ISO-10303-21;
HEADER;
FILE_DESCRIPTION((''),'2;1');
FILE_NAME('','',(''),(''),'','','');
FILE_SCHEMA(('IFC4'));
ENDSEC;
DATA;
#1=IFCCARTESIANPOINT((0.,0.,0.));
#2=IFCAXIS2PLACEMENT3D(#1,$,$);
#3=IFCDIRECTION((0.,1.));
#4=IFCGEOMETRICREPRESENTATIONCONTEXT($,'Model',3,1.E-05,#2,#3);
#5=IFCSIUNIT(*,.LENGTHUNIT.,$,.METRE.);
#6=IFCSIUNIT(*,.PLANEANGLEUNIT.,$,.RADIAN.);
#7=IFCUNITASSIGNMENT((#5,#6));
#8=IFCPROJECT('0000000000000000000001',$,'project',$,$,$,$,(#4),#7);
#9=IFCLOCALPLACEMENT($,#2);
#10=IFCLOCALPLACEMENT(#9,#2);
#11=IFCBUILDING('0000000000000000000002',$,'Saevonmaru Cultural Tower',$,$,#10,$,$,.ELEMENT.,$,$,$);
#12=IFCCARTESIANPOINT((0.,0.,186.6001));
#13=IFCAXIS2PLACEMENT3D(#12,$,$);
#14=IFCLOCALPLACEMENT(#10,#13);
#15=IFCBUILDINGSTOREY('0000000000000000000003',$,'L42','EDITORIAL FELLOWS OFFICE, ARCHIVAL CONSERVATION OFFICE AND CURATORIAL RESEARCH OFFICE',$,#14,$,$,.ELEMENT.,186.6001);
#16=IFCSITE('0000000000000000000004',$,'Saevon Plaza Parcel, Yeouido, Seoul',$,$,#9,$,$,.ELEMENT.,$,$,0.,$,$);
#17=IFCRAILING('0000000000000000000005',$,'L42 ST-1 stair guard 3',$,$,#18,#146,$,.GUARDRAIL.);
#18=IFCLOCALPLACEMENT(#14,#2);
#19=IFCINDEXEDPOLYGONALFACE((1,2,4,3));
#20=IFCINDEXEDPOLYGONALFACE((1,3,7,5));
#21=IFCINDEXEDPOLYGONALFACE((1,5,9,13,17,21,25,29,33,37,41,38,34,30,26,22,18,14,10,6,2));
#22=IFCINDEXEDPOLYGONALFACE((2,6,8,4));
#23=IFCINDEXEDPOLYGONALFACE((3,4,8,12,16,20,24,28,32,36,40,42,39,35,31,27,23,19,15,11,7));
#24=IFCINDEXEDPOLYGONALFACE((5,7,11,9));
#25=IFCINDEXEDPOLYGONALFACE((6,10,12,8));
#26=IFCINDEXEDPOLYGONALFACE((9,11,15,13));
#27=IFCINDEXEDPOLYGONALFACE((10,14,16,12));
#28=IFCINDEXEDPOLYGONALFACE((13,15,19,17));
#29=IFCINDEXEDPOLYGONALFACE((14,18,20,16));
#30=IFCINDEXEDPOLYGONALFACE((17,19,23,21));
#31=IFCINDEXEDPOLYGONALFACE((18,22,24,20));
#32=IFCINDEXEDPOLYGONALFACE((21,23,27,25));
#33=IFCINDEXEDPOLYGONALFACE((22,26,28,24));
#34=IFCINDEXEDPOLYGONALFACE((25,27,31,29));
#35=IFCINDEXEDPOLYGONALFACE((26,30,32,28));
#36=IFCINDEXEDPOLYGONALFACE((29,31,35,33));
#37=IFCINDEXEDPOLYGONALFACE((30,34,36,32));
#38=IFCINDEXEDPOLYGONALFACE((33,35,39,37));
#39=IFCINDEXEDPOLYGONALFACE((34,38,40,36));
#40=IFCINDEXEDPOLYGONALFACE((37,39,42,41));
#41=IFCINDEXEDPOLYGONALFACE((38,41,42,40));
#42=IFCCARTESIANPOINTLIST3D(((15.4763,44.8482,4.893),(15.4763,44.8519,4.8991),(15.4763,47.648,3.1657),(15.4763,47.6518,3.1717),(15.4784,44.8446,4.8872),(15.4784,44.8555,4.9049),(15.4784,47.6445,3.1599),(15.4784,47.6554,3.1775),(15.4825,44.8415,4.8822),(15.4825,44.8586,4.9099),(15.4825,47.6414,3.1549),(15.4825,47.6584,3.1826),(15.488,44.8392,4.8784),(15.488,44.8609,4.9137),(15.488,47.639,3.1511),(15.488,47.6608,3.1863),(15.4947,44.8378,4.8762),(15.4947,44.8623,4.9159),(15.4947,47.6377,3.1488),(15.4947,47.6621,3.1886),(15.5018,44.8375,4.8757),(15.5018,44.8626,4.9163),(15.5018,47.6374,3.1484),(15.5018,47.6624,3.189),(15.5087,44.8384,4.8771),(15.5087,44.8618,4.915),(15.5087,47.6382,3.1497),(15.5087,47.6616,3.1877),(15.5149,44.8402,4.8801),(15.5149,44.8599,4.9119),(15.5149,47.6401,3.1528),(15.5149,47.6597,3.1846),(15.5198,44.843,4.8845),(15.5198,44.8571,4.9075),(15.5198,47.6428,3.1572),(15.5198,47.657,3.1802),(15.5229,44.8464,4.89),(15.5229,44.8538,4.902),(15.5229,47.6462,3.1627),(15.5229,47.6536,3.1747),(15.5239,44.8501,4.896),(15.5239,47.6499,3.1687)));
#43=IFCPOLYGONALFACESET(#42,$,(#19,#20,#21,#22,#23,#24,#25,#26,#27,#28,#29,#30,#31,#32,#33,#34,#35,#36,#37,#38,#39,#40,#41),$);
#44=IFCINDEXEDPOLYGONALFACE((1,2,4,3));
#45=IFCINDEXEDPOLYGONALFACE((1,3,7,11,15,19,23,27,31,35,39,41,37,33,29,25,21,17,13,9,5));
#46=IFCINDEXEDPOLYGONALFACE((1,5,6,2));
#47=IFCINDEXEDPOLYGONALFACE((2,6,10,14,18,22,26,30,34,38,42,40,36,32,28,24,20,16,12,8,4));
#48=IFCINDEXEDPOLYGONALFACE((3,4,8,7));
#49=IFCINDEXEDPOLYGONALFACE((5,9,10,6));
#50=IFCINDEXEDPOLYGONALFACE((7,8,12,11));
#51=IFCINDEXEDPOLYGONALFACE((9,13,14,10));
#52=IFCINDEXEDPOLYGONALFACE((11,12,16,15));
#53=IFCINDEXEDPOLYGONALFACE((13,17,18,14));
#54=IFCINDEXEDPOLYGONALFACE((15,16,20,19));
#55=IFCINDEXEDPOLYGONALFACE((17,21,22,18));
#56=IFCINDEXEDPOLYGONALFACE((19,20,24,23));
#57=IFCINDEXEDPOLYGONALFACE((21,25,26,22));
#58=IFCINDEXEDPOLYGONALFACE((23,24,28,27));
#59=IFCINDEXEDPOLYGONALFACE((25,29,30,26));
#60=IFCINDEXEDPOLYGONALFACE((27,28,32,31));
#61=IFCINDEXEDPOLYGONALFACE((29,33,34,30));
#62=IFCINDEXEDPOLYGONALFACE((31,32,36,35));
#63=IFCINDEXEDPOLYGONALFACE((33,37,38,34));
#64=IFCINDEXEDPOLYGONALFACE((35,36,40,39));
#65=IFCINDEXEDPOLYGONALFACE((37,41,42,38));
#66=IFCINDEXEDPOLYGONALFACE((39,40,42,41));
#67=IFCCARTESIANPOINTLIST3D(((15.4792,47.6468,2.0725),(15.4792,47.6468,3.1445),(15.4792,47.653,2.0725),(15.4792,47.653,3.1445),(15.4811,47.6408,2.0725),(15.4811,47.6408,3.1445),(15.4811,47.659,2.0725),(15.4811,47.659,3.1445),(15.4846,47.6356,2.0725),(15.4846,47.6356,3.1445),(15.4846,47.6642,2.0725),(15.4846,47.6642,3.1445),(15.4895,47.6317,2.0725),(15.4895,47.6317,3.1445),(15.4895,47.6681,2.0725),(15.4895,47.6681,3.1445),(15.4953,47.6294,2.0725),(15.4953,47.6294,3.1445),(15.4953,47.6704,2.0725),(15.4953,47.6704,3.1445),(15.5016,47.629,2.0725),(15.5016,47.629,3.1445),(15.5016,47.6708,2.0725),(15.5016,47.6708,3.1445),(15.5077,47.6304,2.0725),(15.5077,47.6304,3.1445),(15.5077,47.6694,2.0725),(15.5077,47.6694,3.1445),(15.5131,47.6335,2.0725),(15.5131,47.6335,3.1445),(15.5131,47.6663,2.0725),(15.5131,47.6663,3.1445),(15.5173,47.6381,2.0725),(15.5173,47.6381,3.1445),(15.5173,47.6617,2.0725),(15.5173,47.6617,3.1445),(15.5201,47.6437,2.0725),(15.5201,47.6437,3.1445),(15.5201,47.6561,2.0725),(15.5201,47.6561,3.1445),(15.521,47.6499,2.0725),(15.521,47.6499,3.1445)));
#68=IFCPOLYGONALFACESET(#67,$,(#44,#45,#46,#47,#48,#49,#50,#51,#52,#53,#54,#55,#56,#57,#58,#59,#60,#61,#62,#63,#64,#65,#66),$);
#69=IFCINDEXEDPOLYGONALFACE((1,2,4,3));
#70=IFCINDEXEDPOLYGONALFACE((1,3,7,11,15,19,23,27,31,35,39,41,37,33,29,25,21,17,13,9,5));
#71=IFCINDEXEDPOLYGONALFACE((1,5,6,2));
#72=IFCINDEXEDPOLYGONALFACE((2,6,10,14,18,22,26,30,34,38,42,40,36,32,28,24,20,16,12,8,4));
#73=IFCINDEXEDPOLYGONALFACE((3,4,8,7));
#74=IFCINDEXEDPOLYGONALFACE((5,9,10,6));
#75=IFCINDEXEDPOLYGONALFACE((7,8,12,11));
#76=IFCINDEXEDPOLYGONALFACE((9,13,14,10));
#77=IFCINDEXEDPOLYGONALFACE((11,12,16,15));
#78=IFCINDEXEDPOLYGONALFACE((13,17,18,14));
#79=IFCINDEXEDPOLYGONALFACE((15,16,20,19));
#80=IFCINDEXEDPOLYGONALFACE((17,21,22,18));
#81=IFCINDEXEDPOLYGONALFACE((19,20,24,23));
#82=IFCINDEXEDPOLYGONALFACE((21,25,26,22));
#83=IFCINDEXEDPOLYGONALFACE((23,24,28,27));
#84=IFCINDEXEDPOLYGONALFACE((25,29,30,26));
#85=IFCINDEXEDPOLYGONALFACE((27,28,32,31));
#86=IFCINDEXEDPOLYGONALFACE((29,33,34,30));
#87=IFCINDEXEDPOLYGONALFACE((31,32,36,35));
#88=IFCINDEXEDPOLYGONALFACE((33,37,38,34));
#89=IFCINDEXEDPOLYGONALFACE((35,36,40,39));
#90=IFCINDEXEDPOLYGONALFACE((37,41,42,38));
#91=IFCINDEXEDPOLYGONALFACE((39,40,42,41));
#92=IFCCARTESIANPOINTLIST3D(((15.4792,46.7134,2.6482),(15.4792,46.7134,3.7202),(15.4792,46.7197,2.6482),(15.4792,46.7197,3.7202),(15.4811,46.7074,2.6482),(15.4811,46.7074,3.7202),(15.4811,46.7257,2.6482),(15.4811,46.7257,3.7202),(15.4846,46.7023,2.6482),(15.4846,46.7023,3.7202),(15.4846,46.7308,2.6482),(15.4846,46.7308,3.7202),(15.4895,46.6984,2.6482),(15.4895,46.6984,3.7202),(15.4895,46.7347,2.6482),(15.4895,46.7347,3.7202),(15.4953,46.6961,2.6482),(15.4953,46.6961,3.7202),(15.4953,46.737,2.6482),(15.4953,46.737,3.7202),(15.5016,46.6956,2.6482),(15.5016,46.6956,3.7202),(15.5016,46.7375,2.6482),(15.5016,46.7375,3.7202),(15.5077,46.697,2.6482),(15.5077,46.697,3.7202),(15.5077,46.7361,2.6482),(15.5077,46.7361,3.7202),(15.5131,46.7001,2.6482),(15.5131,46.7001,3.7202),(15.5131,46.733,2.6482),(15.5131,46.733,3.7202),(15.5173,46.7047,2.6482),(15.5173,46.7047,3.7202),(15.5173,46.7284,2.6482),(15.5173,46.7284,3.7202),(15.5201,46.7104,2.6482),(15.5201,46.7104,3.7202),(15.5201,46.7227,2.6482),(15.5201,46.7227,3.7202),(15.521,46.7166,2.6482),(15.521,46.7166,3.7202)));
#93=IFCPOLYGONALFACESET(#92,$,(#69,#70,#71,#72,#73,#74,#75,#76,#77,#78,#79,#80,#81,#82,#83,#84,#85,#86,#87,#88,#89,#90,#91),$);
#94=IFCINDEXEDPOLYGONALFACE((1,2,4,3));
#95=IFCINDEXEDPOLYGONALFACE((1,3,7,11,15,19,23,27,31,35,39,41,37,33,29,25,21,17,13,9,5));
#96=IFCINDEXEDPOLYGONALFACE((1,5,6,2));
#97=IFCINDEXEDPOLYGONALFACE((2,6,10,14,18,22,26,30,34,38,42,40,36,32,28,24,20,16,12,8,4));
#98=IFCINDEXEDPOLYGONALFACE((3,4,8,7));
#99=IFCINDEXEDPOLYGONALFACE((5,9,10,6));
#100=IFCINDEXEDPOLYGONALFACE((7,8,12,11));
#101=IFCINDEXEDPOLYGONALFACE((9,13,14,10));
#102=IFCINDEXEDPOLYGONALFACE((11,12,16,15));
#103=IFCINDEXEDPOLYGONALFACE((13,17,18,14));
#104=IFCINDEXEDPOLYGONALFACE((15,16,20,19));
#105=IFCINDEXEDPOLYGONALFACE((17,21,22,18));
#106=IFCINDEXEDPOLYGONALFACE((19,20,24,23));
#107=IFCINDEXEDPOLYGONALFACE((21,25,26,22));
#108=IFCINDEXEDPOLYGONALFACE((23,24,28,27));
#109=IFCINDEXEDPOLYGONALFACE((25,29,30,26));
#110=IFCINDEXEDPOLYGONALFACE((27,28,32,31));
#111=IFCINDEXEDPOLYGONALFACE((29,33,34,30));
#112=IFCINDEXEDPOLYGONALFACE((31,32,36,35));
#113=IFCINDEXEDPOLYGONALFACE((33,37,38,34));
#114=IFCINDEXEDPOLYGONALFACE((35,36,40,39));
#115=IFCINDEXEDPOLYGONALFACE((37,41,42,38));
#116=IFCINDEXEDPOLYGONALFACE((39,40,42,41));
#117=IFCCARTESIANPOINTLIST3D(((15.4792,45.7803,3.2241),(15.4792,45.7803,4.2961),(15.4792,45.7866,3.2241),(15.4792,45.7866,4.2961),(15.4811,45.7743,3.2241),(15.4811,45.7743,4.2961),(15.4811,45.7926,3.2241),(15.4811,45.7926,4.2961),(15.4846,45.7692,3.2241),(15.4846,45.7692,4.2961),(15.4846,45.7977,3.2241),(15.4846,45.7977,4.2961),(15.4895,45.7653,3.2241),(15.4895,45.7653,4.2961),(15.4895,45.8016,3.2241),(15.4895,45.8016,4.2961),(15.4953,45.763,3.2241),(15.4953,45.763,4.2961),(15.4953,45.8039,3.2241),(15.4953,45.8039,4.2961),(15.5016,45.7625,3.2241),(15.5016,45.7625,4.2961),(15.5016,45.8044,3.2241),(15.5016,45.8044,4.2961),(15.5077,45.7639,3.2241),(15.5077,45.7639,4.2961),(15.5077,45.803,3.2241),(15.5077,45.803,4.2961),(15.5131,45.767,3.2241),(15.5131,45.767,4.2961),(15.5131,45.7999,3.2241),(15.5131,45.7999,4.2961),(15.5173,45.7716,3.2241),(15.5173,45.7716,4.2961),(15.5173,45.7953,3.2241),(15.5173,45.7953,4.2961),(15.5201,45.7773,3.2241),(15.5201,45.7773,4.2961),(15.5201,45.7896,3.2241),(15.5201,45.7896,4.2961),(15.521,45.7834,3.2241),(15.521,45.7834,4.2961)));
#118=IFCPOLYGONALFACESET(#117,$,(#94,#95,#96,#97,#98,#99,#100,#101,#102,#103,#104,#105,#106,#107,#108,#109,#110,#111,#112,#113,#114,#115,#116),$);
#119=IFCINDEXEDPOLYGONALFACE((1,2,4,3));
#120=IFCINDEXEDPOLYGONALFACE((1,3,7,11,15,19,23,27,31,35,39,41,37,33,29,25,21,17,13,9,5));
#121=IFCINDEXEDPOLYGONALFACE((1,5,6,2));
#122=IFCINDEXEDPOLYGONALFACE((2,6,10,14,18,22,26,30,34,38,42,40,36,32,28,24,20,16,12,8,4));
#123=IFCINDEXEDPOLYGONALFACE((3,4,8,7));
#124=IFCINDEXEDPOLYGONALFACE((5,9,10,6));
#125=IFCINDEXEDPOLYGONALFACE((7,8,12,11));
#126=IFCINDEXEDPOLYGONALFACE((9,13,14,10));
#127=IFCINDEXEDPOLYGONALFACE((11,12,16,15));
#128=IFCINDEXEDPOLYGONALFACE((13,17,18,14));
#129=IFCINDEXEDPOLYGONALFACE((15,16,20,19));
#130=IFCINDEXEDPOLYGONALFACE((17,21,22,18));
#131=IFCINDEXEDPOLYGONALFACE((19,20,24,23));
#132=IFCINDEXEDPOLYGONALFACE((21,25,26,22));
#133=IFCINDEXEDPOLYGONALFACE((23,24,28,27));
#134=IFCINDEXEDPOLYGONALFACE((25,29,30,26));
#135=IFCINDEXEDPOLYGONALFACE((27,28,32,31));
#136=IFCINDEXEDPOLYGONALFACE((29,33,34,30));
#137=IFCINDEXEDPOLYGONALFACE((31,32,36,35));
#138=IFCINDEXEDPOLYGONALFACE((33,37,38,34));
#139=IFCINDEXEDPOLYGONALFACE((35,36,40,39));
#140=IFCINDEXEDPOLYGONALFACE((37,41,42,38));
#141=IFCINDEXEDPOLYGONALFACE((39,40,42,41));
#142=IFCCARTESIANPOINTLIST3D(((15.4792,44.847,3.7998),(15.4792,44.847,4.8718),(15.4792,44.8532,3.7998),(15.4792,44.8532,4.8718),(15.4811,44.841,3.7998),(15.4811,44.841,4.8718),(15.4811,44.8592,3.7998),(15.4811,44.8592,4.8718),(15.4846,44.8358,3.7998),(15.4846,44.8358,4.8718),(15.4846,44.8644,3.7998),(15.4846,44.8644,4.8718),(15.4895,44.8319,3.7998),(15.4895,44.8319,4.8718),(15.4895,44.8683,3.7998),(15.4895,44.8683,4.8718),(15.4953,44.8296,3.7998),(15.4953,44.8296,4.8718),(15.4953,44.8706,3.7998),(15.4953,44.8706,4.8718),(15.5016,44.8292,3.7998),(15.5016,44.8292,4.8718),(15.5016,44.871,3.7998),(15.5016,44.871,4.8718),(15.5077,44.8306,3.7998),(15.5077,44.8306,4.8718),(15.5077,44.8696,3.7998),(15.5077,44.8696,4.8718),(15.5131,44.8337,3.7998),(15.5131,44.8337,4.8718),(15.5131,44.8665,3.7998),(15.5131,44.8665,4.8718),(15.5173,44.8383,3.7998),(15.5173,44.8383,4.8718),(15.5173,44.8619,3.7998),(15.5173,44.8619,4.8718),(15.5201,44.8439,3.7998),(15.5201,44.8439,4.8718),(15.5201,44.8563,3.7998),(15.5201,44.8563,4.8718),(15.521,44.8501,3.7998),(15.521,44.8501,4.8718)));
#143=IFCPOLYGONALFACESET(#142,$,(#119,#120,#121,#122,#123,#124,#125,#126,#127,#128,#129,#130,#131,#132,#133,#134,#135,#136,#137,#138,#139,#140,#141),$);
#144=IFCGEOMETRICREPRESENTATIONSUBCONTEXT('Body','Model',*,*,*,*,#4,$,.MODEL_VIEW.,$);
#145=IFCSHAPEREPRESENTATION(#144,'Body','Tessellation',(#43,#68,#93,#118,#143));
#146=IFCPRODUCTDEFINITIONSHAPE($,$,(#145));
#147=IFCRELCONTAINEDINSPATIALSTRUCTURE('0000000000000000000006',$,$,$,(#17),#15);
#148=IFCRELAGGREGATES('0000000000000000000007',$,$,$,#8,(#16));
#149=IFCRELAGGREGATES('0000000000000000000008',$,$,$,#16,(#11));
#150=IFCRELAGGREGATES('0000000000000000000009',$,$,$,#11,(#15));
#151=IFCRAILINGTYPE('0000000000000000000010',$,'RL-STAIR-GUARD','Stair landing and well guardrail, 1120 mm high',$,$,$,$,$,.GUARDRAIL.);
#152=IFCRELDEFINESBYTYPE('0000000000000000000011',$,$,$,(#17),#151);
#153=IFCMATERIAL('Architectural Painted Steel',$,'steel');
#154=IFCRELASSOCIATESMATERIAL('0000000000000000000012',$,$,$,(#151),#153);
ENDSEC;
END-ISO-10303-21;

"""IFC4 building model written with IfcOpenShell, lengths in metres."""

from ifc_helpers import new_model, si_unit, direction, frame, origin, origin_2d, place, context, subcontext, project, spatial, circle, extrude, material, type_object, element, save


model = new_model("IFC4")

# Units and contexts
model_context = context("Model", 3, precision=1e-05, world=origin(), true_north=direction((0.0, 1.0)))
body_context = subcontext(model_context, "Body", "Model", "MODEL_VIEW")
ifc_project = project(units=[si_unit("LENGTHUNIT", "METRE"), si_unit("PLANEANGLEUNIT", "RADIAN")], contexts=[model_context])

# Site, building, storey
site_placement = place(None, origin())
site = spatial("IfcSite", under=ifc_project, at=site_placement, Name="Saevon Plaza Parcel, Yeouido, Seoul", CompositionType="ELEMENT", RefElevation=0.0)
building_placement = place(site_placement, origin())
building = spatial("IfcBuilding", under=site, at=building_placement, Name="Saevonmaru Cultural Tower", CompositionType="ELEMENT")
storey_placement = place(building_placement, frame((0.0, 0.0, 186.6001)))
storey = spatial("IfcBuildingStorey", under=building, at=storey_placement, Name="L42", Description="EDITORIAL FELLOWS OFFICE, ARCHIVAL CONSERVATION OFFICE AND CURATORIAL RESEARCH OFFICE", CompositionType="ELEMENT", Elevation=186.6001)

# Railing
ifc_material_1 = material(Name="Architectural Painted Steel", Category="steel")
railing_type_1 = type_object("IfcRailingType", Name="RL-STAIR-GUARD", Description="Stair landing and well guardrail, 1120 mm high", PredefinedType="GUARDRAIL", material=ifc_material_1)
railing_1_placement = place(storey_placement, frame((15.5, 47.6499, 2.0725)))
element("IfcRailing", 1, at=railing_1_placement, inside=storey, type_object=railing_type_1, Name="L42 ST-1 stair guard 3", PredefinedType="GUARDRAIL", context=body_context, shape_type="SweptSolid", body=[
    extrude(circle(Radius=0.0239, at=origin_2d()), frame((0.0, 0.0, 1.0962), z_axis=(0.0, -0.851069, 0.525054), x_axis=(1.0, 0.0, 0.0)), (0.0, 0.0, 1.0), 3.2898),
    extrude(circle(Radius=0.021, at=origin_2d()), origin(), (0.0, 0.0, 1.0), 1.072),
    extrude(circle(Radius=0.021, at=origin_2d()), frame((0.0, -0.9333, 0.5757)), (0.0, 0.0, 1.0), 1.072),
    extrude(circle(Radius=0.021, at=origin_2d()), frame((0.0, -1.8665, 1.1516)), (0.0, 0.0, 1.0), 1.072),
    extrude(circle(Radius=0.021, at=origin_2d()), frame((0.0, -2.7998, 1.7273)), (0.0, 0.0, 1.0), 1.072),
])

save(model, "model.ifc")
